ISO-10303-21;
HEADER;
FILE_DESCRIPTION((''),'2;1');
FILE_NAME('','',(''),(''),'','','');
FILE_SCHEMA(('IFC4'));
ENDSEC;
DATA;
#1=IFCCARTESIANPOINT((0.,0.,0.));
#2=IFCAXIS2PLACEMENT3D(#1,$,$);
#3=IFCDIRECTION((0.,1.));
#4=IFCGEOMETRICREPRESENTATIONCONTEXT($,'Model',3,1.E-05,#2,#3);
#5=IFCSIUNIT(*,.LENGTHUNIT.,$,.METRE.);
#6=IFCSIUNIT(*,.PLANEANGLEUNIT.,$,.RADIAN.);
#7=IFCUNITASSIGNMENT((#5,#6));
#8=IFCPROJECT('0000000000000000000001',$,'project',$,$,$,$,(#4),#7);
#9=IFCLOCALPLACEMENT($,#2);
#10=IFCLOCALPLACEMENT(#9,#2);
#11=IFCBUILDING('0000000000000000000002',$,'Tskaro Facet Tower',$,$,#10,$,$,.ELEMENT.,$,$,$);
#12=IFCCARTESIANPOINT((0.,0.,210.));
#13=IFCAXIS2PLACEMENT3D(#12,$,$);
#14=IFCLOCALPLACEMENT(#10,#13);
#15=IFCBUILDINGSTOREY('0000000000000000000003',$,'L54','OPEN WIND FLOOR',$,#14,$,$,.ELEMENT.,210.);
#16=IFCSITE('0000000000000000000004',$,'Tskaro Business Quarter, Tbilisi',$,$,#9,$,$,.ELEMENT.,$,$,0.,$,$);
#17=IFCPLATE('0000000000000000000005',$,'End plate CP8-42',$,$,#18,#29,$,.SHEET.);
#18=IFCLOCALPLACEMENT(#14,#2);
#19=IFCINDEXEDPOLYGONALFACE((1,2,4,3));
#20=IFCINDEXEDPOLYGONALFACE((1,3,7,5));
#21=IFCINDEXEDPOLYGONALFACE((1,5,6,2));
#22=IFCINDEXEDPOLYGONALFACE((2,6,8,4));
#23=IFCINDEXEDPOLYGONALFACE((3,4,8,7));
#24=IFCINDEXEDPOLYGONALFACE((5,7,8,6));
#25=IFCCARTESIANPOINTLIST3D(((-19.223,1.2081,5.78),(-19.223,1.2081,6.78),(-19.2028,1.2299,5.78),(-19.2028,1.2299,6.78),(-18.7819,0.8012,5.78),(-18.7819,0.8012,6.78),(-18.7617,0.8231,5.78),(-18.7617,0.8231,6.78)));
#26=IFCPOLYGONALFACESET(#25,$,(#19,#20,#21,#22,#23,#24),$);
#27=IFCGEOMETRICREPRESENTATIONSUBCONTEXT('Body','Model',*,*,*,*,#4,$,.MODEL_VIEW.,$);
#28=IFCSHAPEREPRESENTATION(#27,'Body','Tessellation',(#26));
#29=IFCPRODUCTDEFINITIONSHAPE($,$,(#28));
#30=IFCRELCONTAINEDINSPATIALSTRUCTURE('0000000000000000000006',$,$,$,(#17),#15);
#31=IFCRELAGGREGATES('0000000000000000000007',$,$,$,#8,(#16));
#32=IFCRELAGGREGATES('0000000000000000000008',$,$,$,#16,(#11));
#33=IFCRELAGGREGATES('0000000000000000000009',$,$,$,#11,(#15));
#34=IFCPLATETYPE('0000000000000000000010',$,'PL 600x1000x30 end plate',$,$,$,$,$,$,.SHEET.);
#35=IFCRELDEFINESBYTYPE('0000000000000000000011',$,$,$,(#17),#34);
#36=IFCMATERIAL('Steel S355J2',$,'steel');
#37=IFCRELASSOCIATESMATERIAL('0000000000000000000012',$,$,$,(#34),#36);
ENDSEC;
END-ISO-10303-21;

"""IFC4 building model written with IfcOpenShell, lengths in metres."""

from ifc_helpers import new_model, si_unit, direction, frame, origin, origin_2d, place, context, subcontext, project, spatial, rectangle, extrude, material, material_profile, profile_set, type_object, element, save


model = new_model("IFC4")

# Units and contexts
model_context = context("Model", 3, precision=1e-05, world=origin(), true_north=direction((0.0, 1.0)))
body_context = subcontext(model_context, "Body", "Model", "MODEL_VIEW")
ifc_project = project(units=[si_unit("LENGTHUNIT", "METRE"), si_unit("PLANEANGLEUNIT", "RADIAN")], contexts=[model_context])

# Site, building, storey
site_placement = place(None, origin())
site = spatial("IfcSite", under=ifc_project, at=site_placement, Name="Tskaro Business Quarter, Tbilisi", CompositionType="ELEMENT", RefElevation=0.0)
building_placement = place(site_placement, origin())
building = spatial("IfcBuilding", under=site, at=building_placement, Name="Tskaro Facet Tower", CompositionType="ELEMENT")
storey_placement = place(building_placement, frame((0.0, 0.0, 210.0)))
storey = spatial("IfcBuildingStorey", under=building, at=storey_placement, Name="L54", Description="OPEN WIND FLOOR", CompositionType="ELEMENT", Elevation=210.0)

# Shared definitions
ifc_material_1 = material(Name="Steel S355J2", Category="steel")

# Plate
ifc_material_profile_1 = material_profile(ifc_material_1, rectangle(XDim=0.6001, YDim=1.0, at=origin_2d()), Name="PL 600x1000x30 end plate")
ifc_profile_set_1 = profile_set([ifc_material_profile_1], Name="Steel S355J2")
plate_type = type_object("IfcPlateType", Name="PL 600x1000x30 end plate", PredefinedType="SHEET", material=ifc_profile_set_1)
plate_1_placement = place(storey_placement, frame((-19.0024, 1.0046, 6.28), z_axis=(0.677941, 0.735117, 0.0), x_axis=(-0.735117, 0.677941, 0.0)))
element("IfcPlate", 1, at=plate_1_placement, inside=storey, type_object=plate_type, Name="End plate CP8-42", PredefinedType="SHEET", context=body_context, shape_type="SweptSolid", body=[
    extrude(rectangle(XDim=0.6001, YDim=1.0, at=origin_2d()), origin(), (0.0, 0.0, 1.0), 0.0298),
])

save(model, "model.ifc")
